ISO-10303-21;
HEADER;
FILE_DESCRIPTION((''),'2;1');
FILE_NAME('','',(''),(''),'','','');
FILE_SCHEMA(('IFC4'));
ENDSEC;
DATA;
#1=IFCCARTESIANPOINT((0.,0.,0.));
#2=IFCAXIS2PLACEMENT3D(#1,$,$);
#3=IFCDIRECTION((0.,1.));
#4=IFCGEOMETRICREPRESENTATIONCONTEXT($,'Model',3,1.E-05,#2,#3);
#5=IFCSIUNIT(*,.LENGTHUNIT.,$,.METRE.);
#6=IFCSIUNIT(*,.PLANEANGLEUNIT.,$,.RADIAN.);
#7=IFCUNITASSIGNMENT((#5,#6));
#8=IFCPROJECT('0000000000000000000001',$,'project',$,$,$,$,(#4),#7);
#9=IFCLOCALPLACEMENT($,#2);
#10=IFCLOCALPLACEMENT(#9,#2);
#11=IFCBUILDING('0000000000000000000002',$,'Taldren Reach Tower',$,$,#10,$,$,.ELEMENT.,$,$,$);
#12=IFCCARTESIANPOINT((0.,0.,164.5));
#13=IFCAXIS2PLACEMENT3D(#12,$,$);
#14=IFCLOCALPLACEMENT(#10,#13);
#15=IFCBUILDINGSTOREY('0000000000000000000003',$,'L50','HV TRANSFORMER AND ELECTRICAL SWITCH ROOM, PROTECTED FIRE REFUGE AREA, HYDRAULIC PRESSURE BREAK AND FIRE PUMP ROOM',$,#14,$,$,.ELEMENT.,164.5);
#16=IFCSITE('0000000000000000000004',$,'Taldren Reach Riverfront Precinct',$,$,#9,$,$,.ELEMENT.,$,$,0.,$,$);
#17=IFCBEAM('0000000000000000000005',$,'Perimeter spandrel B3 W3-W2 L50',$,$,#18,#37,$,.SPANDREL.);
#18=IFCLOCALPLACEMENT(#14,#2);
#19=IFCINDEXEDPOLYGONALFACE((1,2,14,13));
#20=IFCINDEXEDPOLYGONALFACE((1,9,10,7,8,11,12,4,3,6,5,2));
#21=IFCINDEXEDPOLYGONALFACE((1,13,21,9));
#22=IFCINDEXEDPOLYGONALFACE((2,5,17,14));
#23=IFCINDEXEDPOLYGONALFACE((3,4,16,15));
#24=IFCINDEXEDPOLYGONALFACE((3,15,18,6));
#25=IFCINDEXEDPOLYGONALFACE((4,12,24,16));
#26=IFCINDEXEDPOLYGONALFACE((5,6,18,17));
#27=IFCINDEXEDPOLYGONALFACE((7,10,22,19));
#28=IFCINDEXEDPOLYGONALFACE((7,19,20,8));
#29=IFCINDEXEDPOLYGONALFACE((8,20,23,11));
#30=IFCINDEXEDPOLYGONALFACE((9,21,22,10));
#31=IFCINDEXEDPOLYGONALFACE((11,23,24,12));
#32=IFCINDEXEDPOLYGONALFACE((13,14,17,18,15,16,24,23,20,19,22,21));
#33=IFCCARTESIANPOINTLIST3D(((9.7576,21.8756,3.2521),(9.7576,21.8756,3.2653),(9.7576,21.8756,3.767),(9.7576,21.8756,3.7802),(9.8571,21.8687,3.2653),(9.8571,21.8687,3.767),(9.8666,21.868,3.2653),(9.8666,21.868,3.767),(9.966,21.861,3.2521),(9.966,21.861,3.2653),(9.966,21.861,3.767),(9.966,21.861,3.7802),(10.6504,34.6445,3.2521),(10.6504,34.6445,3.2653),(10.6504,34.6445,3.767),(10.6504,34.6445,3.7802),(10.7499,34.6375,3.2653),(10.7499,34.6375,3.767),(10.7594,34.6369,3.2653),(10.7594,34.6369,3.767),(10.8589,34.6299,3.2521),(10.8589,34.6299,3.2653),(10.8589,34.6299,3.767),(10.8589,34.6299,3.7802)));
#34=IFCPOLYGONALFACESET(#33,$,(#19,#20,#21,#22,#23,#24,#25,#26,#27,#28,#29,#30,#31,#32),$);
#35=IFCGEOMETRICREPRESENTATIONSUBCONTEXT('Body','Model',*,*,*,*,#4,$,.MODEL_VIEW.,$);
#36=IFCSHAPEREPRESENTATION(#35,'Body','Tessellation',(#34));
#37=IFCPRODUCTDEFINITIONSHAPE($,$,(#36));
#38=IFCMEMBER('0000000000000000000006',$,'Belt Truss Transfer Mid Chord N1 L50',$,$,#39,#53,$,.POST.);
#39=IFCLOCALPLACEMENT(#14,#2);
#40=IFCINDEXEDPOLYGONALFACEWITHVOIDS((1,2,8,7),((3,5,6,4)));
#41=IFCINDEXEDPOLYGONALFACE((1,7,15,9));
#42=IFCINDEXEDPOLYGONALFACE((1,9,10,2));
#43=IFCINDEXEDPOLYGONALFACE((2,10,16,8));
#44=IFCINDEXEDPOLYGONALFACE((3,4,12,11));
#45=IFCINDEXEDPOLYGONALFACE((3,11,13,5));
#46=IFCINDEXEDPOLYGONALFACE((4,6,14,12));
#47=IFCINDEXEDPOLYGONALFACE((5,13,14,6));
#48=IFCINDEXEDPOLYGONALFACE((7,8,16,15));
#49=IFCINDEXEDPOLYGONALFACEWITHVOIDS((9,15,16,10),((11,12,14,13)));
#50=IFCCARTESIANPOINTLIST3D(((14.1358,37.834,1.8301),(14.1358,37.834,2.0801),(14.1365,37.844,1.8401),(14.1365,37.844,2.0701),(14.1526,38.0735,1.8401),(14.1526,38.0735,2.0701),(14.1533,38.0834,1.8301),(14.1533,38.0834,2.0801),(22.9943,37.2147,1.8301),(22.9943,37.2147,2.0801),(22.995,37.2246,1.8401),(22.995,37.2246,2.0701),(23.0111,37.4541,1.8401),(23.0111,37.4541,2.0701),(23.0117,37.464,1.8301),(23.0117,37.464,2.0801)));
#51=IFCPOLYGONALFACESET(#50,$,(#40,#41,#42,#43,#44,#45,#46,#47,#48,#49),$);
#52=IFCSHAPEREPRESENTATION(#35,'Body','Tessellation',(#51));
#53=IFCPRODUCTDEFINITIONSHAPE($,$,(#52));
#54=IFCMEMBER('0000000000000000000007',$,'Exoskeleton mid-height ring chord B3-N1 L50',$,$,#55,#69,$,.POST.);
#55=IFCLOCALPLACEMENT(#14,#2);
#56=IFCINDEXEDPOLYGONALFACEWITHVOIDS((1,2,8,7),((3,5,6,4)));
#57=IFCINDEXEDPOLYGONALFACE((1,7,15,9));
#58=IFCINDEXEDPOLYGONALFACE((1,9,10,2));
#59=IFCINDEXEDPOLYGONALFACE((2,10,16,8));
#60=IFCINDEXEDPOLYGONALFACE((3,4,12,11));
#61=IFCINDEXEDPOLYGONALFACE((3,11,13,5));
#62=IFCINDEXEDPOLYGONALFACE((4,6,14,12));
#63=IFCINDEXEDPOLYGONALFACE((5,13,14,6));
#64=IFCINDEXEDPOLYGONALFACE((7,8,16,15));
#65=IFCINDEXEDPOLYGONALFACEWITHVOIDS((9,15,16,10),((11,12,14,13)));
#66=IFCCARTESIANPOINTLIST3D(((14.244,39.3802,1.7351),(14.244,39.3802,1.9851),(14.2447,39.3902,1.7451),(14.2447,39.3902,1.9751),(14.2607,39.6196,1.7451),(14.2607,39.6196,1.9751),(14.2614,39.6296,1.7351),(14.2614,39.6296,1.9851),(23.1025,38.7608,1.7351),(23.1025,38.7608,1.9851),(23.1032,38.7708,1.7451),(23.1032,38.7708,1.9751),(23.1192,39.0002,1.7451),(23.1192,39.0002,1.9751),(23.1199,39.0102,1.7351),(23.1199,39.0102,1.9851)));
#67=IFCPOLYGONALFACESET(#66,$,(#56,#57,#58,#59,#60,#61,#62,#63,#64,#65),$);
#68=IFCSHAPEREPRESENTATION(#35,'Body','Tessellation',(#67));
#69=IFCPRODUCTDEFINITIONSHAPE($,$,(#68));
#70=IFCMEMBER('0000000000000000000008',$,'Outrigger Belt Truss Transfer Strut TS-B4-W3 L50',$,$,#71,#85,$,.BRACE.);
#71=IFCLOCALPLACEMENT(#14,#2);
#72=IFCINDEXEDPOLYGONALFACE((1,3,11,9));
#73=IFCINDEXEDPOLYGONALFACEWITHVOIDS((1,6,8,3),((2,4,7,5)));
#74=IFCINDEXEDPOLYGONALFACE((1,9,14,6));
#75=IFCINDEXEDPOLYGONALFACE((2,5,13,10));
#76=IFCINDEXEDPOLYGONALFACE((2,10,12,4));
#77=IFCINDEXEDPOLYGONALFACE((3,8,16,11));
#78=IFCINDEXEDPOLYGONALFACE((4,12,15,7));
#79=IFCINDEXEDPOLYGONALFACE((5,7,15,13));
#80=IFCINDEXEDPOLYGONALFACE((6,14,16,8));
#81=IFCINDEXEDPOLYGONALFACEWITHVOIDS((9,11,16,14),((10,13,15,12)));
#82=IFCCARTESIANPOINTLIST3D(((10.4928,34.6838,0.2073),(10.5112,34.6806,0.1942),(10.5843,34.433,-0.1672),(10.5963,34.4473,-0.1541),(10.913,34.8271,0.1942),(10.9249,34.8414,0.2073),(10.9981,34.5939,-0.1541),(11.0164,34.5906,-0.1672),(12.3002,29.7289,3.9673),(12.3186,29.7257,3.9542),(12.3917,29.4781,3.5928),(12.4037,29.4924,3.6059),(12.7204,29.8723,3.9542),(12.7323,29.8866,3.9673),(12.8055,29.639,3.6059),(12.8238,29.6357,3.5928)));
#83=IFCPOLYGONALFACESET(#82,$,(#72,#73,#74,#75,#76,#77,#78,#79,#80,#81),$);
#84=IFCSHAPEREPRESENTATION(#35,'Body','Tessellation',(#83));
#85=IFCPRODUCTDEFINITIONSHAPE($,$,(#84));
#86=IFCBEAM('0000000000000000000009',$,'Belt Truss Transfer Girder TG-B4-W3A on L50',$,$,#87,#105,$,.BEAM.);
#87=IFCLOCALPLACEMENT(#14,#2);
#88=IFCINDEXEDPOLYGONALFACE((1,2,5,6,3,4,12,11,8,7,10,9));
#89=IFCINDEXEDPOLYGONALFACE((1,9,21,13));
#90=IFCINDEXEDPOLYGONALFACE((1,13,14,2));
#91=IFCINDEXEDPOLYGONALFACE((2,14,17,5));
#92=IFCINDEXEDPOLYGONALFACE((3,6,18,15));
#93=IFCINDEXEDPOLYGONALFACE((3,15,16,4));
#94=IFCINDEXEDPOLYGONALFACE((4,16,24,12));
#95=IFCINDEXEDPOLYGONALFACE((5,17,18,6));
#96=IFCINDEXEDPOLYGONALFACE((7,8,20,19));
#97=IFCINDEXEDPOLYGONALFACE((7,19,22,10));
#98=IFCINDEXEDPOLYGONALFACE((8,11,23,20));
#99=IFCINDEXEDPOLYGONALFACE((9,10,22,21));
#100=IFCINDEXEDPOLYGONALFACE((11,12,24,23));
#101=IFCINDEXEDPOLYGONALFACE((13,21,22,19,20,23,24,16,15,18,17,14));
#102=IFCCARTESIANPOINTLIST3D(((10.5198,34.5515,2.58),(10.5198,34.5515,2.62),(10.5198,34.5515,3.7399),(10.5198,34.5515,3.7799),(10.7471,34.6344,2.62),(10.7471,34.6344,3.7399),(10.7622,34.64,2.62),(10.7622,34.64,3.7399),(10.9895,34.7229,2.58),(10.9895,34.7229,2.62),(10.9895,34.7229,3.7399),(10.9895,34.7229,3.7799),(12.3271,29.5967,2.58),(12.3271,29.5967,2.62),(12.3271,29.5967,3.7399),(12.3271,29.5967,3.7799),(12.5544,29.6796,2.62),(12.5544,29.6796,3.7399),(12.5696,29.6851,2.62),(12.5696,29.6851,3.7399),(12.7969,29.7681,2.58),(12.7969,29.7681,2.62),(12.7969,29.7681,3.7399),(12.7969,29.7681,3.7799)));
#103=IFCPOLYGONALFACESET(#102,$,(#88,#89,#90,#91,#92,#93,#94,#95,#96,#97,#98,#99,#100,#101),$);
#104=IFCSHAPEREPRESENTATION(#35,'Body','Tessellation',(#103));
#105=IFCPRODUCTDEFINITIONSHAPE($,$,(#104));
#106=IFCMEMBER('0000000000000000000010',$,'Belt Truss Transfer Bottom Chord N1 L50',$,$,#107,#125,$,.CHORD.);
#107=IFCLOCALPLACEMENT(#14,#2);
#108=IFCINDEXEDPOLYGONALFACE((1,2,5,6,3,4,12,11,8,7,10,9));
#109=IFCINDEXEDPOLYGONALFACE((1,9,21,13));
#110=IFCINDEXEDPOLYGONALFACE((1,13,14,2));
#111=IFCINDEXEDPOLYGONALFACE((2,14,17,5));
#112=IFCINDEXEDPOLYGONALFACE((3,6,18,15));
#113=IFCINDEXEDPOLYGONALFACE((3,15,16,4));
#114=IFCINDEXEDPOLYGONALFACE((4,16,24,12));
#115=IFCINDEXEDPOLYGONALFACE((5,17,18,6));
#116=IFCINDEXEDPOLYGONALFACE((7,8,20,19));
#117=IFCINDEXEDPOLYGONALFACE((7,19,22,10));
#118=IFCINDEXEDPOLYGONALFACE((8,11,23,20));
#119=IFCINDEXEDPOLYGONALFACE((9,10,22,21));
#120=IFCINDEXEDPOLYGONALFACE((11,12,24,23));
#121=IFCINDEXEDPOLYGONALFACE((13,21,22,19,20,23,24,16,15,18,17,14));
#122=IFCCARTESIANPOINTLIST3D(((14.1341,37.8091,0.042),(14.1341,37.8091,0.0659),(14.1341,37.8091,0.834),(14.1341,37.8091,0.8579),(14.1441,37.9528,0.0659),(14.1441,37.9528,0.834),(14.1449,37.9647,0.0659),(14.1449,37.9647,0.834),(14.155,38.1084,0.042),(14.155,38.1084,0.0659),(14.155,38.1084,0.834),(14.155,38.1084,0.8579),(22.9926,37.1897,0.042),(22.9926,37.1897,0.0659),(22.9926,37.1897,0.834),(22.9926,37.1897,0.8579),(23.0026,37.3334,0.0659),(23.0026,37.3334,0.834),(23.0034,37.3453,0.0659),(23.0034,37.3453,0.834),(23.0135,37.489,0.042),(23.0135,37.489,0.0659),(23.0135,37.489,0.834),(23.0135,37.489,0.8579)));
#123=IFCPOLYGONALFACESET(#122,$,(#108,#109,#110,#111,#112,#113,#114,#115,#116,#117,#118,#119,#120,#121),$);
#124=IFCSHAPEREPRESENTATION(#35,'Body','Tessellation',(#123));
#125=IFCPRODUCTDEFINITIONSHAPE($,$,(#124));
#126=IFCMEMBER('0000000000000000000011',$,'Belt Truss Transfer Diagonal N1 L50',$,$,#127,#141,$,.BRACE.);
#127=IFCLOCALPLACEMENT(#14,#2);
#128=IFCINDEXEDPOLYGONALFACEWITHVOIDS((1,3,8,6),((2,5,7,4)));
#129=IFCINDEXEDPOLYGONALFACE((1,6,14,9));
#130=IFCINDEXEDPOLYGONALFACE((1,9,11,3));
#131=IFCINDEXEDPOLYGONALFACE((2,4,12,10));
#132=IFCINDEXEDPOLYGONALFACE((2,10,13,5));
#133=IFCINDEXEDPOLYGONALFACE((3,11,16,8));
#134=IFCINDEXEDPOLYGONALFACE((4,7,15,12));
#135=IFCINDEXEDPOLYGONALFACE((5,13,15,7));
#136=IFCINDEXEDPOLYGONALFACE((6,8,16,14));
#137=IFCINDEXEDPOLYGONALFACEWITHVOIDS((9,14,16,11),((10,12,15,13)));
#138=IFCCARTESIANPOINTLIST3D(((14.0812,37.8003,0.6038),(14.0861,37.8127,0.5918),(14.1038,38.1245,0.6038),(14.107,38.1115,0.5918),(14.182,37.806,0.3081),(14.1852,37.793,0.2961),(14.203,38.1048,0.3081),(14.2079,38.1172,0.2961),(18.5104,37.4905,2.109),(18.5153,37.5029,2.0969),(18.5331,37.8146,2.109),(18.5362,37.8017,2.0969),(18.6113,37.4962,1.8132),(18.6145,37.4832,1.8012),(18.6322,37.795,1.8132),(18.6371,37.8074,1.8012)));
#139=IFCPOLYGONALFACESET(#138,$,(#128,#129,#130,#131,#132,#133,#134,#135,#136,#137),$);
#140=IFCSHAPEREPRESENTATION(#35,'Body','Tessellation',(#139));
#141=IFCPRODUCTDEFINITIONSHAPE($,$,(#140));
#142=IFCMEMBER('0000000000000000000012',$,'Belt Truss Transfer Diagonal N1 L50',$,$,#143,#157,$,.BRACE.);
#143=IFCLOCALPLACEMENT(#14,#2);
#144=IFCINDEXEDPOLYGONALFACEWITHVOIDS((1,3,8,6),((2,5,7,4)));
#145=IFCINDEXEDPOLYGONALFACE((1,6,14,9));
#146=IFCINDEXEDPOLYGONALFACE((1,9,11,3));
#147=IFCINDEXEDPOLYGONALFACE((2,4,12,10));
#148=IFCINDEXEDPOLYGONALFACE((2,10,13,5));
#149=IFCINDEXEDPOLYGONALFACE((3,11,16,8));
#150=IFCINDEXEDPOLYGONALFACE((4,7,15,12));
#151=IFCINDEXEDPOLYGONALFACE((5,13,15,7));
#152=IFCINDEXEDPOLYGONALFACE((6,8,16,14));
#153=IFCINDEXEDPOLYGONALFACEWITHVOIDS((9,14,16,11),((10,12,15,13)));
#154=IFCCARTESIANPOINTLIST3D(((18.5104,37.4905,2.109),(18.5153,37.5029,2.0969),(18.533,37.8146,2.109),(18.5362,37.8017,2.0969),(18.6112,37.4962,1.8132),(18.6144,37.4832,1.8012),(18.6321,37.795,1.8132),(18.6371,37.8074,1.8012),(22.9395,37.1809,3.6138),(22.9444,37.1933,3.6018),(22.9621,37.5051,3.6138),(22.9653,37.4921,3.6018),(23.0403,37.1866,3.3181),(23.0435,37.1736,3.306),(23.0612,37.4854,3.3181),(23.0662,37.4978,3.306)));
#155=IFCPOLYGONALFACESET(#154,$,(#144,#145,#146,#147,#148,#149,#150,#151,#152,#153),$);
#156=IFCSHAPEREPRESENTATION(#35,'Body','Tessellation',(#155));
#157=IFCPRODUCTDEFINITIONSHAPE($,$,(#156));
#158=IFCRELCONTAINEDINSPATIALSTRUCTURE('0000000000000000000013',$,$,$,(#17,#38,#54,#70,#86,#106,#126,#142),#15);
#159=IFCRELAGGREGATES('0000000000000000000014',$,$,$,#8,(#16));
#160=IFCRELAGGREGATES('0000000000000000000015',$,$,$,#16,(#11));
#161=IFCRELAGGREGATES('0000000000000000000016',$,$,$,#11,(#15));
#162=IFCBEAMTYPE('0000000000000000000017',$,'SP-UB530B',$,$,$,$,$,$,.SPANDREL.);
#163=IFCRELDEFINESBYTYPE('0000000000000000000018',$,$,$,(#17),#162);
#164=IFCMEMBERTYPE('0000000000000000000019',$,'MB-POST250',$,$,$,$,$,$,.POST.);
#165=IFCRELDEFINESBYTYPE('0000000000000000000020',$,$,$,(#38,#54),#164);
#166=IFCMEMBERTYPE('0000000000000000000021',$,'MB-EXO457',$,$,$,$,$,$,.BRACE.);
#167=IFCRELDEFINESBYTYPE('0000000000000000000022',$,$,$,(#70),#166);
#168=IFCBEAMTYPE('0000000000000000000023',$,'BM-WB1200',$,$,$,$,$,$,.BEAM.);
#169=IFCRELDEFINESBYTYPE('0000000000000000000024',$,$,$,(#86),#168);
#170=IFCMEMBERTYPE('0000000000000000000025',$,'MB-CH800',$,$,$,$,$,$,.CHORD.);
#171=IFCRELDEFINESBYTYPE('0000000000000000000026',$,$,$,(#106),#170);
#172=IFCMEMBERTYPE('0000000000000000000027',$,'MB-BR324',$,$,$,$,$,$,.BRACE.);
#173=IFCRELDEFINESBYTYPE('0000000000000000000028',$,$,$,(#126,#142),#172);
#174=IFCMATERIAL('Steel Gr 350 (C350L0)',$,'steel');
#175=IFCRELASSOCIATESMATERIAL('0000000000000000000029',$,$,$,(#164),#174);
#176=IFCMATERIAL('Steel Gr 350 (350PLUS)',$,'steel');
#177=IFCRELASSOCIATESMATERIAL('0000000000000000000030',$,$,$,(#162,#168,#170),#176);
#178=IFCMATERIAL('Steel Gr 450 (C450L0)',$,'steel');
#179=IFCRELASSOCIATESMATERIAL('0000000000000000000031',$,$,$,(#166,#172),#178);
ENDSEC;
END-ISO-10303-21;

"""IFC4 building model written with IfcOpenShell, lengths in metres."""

from ifc_helpers import new_model, si_unit, direction, frame, origin, origin_2d, place, context, subcontext, project, spatial, hollow_rectangle, i_section, extrude, source, transform, mapped, material, material_profile, profile_set, type_object, element, save


model = new_model("IFC4")

# Units and contexts
model_context = context("Model", 3, precision=1e-05, world=origin(), true_north=direction((0.0, 1.0)))
body_context = subcontext(model_context, "Body", "Model", "MODEL_VIEW")
ifc_project = project(units=[si_unit("LENGTHUNIT", "METRE"), si_unit("PLANEANGLEUNIT", "RADIAN")], contexts=[model_context])

# Site, building, storey
site_placement = place(None, origin())
site = spatial("IfcSite", under=ifc_project, at=site_placement, Name="Taldren Reach Riverfront Precinct", CompositionType="ELEMENT", RefElevation=0.0)
building_placement = place(site_placement, origin())
building = spatial("IfcBuilding", under=site, at=building_placement, Name="Taldren Reach Tower", CompositionType="ELEMENT")
storey_placement = place(building_placement, frame((0.0, 0.0, 164.5)))
storey = spatial("IfcBuildingStorey", under=building, at=storey_placement, Name="L50", Description="HV TRANSFORMER AND ELECTRICAL SWITCH ROOM, PROTECTED FIRE REFUGE AREA, HYDRAULIC PRESSURE BREAK AND FIRE PUMP ROOM", CompositionType="ELEMENT", Elevation=164.5)

# Shared definitions
ifc_material_1 = material(Name="Steel Gr 450 (C450L0)", Category="steel")
ifc_material_2 = material(Name="Steel Gr 350 (350PLUS)", Category="steel")

# Shared definitions
ifc_material_3 = material(Name="Steel Gr 350 (C350L0)", Category="steel")
ifc_material_profile_1 = material_profile(ifc_material_3, hollow_rectangle(XDim=0.25, YDim=0.25, WallThickness=0.01, at=origin_2d()), Name="250x250x10.0SHS")
ifc_profile_set_1 = profile_set([ifc_material_profile_1], Name="Steel Gr 350 (C350L0)")
member_type_1 = type_object("IfcMemberType", Name="MB-POST250", PredefinedType="POST", material=ifc_profile_set_1)

# Beam
ifc_material_profile_2 = material_profile(ifc_material_2, i_section(OverallWidth=0.209, OverallDepth=0.5281, WebThickness=0.0095, FlangeThickness=0.0132, at=origin_2d()), Name="530UB82.0")
ifc_profile_set_2 = profile_set([ifc_material_profile_2], Name="Steel Gr 350 (350PLUS)")
beam_type_1 = type_object("IfcBeamType", Name="SP-UB530B", PredefinedType="SPANDREL", material=ifc_profile_set_2)
shared_shape_1 = source(origin(), body_context, "Body", "SweptSolid", [
    extrude(i_section(OverallWidth=0.209, OverallDepth=0.5281, WebThickness=0.0095, FlangeThickness=0.0132, at=origin_2d()), origin(), (0.0, 0.0, 1.0), 12.8),
])
beam_1_placement = place(storey_placement, frame((10.7546, 34.6372, 3.5161), z_axis=(-0.069752, -0.997564, 0.0), x_axis=(0.997564, -0.069752, 0.0)))
element("IfcBeam", 1, at=beam_1_placement, inside=storey, type_object=beam_type_1, Name="Perimeter spandrel B3 W3-W2 L50", PredefinedType="SPANDREL", context=body_context, shape_type="MappedRepresentation", body=[
    mapped(shared_shape_1, transform((0.0, 0.0, 0.0), scale=1.0)),
])

# Members
shared_shape_2 = source(origin(), body_context, "Body", "SweptSolid", [
    extrude(hollow_rectangle(XDim=0.25, YDim=0.25, WallThickness=0.01, at=origin_2d()), origin(), (0.0, 0.0, 1.0), 8.8801),
])
for number, where, z_axis, x_axis, name in (
    (2, (14.1445, 37.9587, 1.9551), (0.997564, -0.06975, 0.0), (0.06975, 0.997564, 0.0), "Belt Truss Transfer Mid Chord N1 L50"),
    (3, (14.2527, 39.5049, 1.8601), (0.997564, -0.06975, 0.0), (0.06975, 0.997564, 0.0), "Exoskeleton mid-height ring chord B3-N1 L50"),
):
    element("IfcMember", number, at=place(storey_placement, frame(where, z_axis=z_axis, x_axis=x_axis)), inside=storey, type_object=member_type_1, Name=name, PredefinedType="POST", context=body_context, shape_type="MappedRepresentation", body=[
        mapped(shared_shape_2, transform((0.0, 0.0, 0.0), scale=1.0)),
    ])
ifc_material_profile_3 = material_profile(ifc_material_1, hollow_rectangle(XDim=0.46, YDim=0.46, WallThickness=0.0161, at=origin_2d()), Name="460x460x16.0SHS")
ifc_profile_set_3 = profile_set([ifc_material_profile_3], Name="Steel Gr 450 (C450L0)")
member_type_2 = type_object("IfcMemberType", Name="MB-EXO457", PredefinedType="BRACE", material=ifc_profile_set_3)
shared_shape_3 = source(origin(), body_context, "Body", "SweptSolid", [
    extrude(hollow_rectangle(XDim=0.46, YDim=0.46, WallThickness=0.0161, at=origin_2d()), origin(), (0.0, 0.0, 1.0), 6.4773),
])
member_1_placement = place(storey_placement, frame((10.7546, 34.6372, 0.02), z_axis=(0.279034, -0.764961, 0.580496), x_axis=(0.939451, 0.342683, 0.0)))
element("IfcMember", 4, at=member_1_placement, inside=storey, type_object=member_type_2, Name="Outrigger Belt Truss Transfer Strut TS-B4-W3 L50", PredefinedType="BRACE", context=body_context, shape_type="MappedRepresentation", body=[
    mapped(shared_shape_3, transform((0.0, 0.0, 0.0), scale=1.0)),
])

# Beam
ifc_material_profile_4 = material_profile(ifc_material_2, i_section(OverallWidth=0.5, OverallDepth=1.2, WebThickness=0.0161, FlangeThickness=0.04, at=origin_2d()), Name="1200WB455")
ifc_profile_set_4 = profile_set([ifc_material_profile_4], Name="Steel Gr 350 (350PLUS)")
beam_type_2 = type_object("IfcBeamType", Name="BM-WB1200", PredefinedType="BEAM", material=ifc_profile_set_4)
shared_shape_4 = source(origin(), body_context, "Body", "SweptSolid", [
    extrude(i_section(OverallWidth=0.5, OverallDepth=1.2, WebThickness=0.0161, FlangeThickness=0.04, at=origin_2d()), origin(), (0.0, 0.0, 1.0), 5.2742),
])
beam_2_placement = place(storey_placement, frame((10.7546, 34.6372, 3.1799), z_axis=(0.342683, -0.939451, 0.0), x_axis=(0.939451, 0.342683, 0.0)))
element("IfcBeam", 5, at=beam_2_placement, inside=storey, type_object=beam_type_2, Name="Belt Truss Transfer Girder TG-B4-W3A on L50", PredefinedType="BEAM", context=body_context, shape_type="MappedRepresentation", body=[
    mapped(shared_shape_4, transform((0.0, 0.0, 0.0), scale=1.0)),
])

# Members
ifc_material_profile_5 = material_profile(ifc_material_2, i_section(OverallWidth=0.3, OverallDepth=0.8159, WebThickness=0.012, FlangeThickness=0.0239, at=origin_2d()), Name="800WB192")
ifc_profile_set_5 = profile_set([ifc_material_profile_5], Name="Steel Gr 350 (350PLUS)")
member_type_3 = type_object("IfcMemberType", Name="MB-CH800", PredefinedType="CHORD", material=ifc_profile_set_5)
shared_shape_5 = source(origin(), body_context, "Body", "SweptSolid", [
    extrude(i_section(OverallWidth=0.3, OverallDepth=0.8159, WebThickness=0.012, FlangeThickness=0.0239, at=origin_2d()), origin(), (0.0, 0.0, 1.0), 8.8801),
])
member_2_placement = place(storey_placement, frame((14.1445, 37.9587, 0.45), z_axis=(0.997564, -0.06975, 0.0), x_axis=(0.06975, 0.997564, 0.0)))
element("IfcMember", 6, at=member_2_placement, inside=storey, type_object=member_type_3, Name="Belt Truss Transfer Bottom Chord N1 L50", PredefinedType="CHORD", context=body_context, shape_type="MappedRepresentation", body=[
    mapped(shared_shape_5, transform((0.0, 0.0, 0.0), scale=1.0)),
])
ifc_material_profile_6 = material_profile(ifc_material_1, hollow_rectangle(XDim=0.325, YDim=0.325, WallThickness=0.0127, at=origin_2d()), Name="325x325x12.7SHS")
ifc_profile_set_6 = profile_set([ifc_material_profile_6], Name="Steel Gr 450 (C450L0)")
member_type_4 = type_object("IfcMemberType", Name="MB-BR324", PredefinedType="BRACE", material=ifc_profile_set_6)
shared_shape_6 = source(origin(), body_context, "Body", "SweptSolid", [
    extrude(hollow_rectangle(XDim=0.325, YDim=0.325, WallThickness=0.0127, at=origin_2d()), origin(), (0.0, 0.0, 1.0), 4.6882),
])
member_3_placement = place(storey_placement, frame((14.1445, 37.9587, 0.45), z_axis=(0.944755, -0.066084, 0.321046), x_axis=(0.069778, 0.997563, 0.0)))
element("IfcMember", 7, at=member_3_placement, inside=storey, type_object=member_type_4, Name="Belt Truss Transfer Diagonal N1 L50", PredefinedType="BRACE", context=body_context, shape_type="MappedRepresentation", body=[
    mapped(shared_shape_6, transform((0.0, 0.0, 0.0), scale=1.0)),
])
shared_shape_7 = source(origin(), body_context, "Body", "SweptSolid", [
    extrude(hollow_rectangle(XDim=0.325, YDim=0.325, WallThickness=0.0127, at=origin_2d()), origin(), (0.0, 0.0, 1.0), 4.688),
])
member_4_placement = place(storey_placement, frame((18.5737, 37.6489, 1.9551), z_axis=(0.944774, -0.066033, 0.321), x_axis=(0.069723, 0.997566, 0.0)))
element("IfcMember", 8, at=member_4_placement, inside=storey, type_object=member_type_4, Name="Belt Truss Transfer Diagonal N1 L50", PredefinedType="BRACE", context=body_context, shape_type="MappedRepresentation", body=[
    mapped(shared_shape_7, transform((0.0, 0.0, 0.0), scale=1.0)),
])

save(model, "model.ifc")
